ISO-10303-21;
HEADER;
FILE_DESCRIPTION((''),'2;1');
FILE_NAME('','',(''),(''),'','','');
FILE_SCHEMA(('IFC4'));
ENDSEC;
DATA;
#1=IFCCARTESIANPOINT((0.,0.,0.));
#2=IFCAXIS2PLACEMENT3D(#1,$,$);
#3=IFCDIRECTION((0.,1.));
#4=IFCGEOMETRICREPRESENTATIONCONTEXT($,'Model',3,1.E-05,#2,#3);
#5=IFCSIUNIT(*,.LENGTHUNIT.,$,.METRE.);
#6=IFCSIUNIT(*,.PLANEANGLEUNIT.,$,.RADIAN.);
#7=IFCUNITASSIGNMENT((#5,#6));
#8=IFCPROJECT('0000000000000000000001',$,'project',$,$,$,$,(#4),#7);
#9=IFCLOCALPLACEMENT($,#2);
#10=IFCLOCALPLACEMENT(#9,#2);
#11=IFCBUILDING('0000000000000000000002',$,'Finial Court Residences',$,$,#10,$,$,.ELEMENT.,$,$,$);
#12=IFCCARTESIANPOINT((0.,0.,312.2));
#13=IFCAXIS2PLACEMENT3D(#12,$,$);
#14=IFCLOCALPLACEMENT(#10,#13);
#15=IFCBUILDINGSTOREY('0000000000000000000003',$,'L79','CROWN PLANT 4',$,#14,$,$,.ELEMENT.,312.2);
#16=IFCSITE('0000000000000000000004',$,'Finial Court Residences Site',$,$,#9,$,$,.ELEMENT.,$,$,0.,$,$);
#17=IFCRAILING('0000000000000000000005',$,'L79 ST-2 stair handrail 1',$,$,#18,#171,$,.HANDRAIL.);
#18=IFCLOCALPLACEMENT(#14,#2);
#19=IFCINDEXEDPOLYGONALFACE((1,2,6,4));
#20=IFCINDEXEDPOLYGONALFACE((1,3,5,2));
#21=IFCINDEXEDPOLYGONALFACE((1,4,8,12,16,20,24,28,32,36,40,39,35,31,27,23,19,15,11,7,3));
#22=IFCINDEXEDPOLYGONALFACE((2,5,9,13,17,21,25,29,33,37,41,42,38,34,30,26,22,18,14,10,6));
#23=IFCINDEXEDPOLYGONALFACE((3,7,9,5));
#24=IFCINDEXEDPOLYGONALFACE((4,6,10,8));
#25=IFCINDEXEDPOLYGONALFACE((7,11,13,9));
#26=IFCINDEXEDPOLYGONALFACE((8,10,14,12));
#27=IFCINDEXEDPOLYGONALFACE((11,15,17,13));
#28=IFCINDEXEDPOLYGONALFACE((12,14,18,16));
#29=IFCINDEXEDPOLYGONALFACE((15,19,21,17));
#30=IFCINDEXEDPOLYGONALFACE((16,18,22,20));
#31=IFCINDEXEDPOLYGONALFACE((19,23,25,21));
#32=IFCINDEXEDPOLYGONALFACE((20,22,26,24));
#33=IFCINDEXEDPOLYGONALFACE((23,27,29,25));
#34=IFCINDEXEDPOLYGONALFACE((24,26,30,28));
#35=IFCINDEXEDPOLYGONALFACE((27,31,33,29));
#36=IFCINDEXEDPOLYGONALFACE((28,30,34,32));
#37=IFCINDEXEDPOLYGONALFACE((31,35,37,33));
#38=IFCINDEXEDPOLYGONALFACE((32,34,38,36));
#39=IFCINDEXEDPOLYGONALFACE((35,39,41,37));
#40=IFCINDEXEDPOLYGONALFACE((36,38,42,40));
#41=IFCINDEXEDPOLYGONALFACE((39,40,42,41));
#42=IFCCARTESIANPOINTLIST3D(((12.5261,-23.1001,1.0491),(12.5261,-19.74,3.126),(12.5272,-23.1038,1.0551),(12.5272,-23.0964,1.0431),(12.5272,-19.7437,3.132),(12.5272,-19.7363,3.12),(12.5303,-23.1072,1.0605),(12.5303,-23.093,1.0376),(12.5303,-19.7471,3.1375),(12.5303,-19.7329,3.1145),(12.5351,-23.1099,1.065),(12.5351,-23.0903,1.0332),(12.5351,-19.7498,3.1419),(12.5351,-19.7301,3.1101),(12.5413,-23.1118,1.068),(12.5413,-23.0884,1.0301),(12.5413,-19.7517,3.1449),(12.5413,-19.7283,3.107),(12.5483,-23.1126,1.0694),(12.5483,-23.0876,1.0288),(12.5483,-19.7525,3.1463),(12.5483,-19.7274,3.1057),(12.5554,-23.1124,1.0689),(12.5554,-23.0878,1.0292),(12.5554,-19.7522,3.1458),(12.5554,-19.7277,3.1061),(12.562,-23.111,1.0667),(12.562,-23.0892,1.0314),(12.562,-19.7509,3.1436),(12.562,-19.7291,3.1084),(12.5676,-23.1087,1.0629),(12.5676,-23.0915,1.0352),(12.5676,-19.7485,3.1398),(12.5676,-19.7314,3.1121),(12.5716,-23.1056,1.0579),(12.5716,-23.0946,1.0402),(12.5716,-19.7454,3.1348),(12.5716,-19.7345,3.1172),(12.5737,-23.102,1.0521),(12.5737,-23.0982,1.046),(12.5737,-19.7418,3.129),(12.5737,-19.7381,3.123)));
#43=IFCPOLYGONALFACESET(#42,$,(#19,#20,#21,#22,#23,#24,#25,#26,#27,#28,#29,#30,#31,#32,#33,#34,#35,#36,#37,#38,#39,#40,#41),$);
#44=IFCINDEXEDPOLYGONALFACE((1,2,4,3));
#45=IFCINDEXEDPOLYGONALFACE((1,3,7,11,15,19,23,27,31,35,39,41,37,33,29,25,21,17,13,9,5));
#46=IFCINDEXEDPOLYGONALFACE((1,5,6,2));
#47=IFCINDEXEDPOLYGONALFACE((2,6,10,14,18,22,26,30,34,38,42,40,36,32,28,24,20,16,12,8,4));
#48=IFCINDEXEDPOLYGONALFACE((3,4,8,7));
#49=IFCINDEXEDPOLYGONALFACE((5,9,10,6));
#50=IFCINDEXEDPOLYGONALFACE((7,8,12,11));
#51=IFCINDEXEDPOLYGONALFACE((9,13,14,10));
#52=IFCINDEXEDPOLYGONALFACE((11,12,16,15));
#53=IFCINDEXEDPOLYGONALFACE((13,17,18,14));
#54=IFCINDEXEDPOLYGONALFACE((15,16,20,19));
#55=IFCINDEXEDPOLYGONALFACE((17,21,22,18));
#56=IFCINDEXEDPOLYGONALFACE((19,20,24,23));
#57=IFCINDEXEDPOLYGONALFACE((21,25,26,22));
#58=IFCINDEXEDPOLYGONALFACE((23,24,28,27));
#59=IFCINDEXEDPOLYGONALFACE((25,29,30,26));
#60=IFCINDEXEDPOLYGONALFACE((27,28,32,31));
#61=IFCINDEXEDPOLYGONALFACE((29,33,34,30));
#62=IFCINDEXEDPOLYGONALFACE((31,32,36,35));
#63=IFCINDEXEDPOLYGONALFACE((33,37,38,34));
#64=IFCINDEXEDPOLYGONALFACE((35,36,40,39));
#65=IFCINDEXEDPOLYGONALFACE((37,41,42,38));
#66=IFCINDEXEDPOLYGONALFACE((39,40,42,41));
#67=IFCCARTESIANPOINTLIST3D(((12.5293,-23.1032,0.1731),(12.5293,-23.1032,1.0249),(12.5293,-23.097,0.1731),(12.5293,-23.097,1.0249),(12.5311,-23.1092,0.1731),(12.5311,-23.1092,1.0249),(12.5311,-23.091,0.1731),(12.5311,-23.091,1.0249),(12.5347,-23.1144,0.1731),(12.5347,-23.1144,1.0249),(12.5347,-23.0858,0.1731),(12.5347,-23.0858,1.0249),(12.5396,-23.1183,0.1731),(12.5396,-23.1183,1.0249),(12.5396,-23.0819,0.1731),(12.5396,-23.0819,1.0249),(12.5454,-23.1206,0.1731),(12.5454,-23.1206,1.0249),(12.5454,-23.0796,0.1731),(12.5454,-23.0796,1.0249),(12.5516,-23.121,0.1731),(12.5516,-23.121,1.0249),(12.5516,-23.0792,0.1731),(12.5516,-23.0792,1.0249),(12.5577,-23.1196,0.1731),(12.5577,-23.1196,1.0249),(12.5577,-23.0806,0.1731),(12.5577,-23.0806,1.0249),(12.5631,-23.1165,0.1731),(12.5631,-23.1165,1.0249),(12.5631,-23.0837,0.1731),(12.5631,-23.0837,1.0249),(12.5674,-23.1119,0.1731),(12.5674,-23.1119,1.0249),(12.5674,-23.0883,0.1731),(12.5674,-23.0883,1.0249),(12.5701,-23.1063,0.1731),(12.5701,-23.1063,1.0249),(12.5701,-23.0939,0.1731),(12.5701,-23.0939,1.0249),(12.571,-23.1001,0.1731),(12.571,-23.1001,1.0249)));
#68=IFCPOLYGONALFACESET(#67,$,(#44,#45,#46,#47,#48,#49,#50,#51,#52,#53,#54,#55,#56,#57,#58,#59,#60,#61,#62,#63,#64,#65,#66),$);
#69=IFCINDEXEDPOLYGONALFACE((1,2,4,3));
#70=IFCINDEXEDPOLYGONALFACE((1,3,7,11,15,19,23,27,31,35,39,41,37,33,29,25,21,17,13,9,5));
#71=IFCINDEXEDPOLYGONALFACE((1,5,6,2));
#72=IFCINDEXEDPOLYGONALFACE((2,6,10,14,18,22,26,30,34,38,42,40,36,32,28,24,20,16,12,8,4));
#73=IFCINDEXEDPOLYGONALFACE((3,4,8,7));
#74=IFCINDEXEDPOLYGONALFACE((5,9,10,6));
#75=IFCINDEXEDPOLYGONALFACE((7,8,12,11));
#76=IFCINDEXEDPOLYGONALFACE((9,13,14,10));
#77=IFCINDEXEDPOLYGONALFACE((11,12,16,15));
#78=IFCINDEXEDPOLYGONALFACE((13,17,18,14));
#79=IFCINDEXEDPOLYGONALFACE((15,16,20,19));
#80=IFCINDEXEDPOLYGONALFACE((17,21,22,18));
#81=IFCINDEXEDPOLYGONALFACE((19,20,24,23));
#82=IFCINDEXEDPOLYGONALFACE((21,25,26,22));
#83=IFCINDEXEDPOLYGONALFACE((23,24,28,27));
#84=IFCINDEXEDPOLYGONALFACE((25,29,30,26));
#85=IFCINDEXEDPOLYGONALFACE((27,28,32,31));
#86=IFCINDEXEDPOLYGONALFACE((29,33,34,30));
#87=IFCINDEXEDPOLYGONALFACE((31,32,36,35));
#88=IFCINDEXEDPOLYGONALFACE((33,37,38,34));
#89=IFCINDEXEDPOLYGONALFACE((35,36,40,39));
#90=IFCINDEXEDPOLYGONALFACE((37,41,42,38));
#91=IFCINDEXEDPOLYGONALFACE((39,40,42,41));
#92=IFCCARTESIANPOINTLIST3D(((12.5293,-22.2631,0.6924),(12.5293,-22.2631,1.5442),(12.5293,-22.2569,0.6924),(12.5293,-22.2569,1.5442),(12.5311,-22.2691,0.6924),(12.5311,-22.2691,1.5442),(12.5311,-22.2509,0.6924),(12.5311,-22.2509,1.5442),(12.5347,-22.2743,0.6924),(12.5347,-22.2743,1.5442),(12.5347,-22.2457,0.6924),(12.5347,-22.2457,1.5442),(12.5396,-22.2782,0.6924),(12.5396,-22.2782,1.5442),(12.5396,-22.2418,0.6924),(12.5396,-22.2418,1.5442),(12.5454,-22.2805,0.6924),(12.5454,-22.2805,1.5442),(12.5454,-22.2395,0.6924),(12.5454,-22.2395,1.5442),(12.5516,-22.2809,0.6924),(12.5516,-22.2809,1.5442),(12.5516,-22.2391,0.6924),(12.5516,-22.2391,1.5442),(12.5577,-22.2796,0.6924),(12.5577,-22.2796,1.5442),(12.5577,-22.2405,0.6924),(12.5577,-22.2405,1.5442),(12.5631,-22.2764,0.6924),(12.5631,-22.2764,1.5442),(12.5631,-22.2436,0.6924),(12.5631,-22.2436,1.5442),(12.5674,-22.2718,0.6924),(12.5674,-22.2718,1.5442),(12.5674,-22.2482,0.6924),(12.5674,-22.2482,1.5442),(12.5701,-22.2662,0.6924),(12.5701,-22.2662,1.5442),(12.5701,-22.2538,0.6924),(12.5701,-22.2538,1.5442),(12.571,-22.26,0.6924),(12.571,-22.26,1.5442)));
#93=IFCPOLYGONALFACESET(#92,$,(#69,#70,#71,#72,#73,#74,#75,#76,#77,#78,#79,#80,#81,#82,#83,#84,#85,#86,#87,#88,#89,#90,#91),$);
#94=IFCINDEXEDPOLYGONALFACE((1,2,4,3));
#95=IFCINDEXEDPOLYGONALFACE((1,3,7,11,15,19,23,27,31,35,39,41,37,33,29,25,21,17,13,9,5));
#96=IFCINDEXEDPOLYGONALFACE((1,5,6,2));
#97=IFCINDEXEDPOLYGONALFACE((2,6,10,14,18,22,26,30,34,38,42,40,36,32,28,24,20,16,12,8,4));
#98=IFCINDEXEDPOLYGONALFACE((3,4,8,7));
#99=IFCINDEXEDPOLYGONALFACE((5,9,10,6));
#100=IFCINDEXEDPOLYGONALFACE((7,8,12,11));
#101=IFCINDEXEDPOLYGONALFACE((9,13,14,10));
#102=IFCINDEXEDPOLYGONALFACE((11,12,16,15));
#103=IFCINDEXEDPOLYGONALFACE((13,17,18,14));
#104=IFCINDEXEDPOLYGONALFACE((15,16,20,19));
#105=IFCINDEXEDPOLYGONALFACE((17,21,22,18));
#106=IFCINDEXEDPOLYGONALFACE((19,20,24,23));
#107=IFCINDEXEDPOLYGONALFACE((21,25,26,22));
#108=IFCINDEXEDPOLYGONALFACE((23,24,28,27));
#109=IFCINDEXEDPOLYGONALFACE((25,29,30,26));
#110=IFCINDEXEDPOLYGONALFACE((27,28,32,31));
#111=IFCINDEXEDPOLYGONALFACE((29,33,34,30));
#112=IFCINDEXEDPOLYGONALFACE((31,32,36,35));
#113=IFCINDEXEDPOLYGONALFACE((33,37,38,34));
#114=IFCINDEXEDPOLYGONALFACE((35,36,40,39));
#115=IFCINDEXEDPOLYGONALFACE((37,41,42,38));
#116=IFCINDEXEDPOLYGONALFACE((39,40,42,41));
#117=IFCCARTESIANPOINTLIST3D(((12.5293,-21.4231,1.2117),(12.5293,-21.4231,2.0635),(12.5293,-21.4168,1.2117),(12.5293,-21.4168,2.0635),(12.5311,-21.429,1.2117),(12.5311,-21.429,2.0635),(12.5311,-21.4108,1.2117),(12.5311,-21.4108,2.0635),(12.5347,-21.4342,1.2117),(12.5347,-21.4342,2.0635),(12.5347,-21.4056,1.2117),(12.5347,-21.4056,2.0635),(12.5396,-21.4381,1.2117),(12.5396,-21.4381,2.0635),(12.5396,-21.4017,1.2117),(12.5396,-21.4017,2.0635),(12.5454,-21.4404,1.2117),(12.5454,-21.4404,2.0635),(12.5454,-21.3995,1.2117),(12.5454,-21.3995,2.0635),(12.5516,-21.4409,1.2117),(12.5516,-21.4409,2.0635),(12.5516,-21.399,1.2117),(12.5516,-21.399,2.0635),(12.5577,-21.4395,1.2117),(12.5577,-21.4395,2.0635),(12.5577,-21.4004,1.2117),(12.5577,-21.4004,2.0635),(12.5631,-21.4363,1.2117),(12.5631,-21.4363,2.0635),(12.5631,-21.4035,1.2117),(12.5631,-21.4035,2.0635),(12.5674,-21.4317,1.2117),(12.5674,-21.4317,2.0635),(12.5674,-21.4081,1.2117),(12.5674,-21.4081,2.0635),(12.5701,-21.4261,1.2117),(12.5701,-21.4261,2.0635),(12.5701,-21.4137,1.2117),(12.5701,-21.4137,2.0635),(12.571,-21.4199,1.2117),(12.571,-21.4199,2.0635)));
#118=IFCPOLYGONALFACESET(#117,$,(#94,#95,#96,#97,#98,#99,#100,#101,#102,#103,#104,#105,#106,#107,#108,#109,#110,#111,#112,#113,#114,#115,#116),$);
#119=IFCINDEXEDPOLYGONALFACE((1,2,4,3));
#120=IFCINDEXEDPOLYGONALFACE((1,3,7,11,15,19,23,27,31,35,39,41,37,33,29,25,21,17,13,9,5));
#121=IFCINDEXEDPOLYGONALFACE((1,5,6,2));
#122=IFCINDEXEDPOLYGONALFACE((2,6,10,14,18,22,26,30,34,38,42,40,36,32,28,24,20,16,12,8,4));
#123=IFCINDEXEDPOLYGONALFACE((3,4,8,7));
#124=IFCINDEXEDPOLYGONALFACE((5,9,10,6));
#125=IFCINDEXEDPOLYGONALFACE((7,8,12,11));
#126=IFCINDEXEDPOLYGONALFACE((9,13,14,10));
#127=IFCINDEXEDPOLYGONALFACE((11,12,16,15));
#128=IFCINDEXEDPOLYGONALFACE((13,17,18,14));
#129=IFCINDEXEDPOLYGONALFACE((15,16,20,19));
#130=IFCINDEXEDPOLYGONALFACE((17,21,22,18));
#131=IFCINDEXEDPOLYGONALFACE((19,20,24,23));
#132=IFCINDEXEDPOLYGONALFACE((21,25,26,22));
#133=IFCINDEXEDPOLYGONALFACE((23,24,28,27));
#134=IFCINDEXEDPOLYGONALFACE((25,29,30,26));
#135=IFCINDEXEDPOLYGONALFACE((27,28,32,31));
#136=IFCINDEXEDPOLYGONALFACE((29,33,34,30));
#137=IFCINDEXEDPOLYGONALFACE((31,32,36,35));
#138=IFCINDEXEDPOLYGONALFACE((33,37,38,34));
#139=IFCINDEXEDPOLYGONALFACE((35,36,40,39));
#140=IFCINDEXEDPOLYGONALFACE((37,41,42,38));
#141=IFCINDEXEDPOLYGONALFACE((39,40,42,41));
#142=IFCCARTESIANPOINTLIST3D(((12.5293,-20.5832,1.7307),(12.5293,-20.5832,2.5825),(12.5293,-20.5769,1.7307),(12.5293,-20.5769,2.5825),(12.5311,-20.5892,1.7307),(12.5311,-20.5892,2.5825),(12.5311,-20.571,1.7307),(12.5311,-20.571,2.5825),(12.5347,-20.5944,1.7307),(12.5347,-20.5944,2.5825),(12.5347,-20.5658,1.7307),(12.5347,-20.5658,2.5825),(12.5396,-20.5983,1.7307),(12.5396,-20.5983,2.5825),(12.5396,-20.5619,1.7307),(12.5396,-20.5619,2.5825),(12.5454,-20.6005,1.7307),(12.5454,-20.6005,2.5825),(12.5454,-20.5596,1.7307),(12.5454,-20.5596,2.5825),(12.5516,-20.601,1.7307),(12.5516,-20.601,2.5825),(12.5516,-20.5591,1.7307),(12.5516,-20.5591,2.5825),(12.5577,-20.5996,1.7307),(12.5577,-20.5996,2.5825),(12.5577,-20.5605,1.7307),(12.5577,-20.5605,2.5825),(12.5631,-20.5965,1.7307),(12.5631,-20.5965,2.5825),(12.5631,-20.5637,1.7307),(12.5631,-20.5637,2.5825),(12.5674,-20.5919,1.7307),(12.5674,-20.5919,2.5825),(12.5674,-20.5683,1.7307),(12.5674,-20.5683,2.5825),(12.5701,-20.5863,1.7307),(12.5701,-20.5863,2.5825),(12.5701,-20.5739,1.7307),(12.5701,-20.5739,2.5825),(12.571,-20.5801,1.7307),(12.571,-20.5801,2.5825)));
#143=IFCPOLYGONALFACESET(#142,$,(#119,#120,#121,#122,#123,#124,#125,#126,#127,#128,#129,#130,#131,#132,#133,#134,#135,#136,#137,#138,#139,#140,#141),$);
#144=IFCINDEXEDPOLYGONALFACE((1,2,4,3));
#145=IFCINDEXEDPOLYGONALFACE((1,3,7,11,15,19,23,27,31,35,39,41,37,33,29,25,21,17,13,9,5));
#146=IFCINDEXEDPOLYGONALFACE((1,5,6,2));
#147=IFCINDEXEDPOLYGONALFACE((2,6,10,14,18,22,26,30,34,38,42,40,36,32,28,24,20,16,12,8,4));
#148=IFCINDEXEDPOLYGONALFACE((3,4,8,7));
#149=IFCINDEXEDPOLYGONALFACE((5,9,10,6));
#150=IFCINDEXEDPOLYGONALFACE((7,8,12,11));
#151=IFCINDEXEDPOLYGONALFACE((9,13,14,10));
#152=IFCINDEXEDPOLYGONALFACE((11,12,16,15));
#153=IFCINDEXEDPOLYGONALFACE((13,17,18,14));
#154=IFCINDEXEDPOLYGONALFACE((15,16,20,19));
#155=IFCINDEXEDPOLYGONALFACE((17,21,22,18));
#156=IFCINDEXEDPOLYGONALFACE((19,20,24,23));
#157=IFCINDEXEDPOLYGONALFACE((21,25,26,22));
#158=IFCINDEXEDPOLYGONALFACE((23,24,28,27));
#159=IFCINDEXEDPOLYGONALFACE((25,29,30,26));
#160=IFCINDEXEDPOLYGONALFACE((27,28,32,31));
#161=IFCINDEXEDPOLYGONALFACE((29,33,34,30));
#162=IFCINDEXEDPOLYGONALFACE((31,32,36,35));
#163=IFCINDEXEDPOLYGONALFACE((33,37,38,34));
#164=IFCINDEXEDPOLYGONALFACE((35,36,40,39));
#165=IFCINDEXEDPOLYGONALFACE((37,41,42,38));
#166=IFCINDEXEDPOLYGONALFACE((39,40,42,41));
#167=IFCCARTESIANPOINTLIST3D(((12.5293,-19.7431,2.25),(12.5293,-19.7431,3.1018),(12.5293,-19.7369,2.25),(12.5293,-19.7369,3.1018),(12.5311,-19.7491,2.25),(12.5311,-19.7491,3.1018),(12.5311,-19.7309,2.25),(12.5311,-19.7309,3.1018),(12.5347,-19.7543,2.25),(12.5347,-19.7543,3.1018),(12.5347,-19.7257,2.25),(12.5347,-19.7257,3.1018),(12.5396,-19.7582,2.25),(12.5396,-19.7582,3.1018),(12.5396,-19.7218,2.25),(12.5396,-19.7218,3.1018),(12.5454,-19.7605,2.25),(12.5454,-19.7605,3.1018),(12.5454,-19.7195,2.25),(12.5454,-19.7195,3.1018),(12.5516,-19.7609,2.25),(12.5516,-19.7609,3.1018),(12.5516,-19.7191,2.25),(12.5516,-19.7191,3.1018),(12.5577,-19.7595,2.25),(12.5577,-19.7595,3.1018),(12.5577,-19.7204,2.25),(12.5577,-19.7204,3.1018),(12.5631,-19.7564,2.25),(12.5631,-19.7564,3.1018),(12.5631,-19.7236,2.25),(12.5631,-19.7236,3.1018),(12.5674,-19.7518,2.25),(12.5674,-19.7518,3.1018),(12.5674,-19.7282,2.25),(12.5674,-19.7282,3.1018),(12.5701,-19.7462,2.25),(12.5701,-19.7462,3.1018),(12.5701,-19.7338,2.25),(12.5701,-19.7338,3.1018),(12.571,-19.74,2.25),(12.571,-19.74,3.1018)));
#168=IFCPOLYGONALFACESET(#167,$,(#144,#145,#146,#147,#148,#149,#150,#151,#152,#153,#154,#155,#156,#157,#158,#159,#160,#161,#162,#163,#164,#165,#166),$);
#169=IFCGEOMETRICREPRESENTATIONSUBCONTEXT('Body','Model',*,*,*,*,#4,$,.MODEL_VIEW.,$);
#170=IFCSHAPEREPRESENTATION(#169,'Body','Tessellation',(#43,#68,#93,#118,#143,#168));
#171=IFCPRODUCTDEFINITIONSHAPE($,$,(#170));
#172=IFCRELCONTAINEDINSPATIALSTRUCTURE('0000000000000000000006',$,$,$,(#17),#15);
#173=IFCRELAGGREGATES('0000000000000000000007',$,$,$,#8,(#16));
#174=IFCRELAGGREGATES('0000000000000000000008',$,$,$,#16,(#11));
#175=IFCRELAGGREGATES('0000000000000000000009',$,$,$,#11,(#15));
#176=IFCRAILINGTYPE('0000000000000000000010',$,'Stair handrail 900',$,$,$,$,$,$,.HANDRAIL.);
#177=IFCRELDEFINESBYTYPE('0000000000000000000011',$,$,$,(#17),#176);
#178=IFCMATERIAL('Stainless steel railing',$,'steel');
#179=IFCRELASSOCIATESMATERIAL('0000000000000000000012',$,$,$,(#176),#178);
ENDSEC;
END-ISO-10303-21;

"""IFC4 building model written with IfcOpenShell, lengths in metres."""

from ifc_helpers import new_model, si_unit, direction, frame, origin, origin_2d, place, context, subcontext, project, spatial, circle, extrude, material, type_object, element, save


model = new_model("IFC4")

# Units and contexts
model_context = context("Model", 3, precision=1e-05, world=origin(), true_north=direction((0.0, 1.0)))
body_context = subcontext(model_context, "Body", "Model", "MODEL_VIEW")
ifc_project = project(units=[si_unit("LENGTHUNIT", "METRE"), si_unit("PLANEANGLEUNIT", "RADIAN")], contexts=[model_context])

# Site, building, storey
site_placement = place(None, origin())
site = spatial("IfcSite", under=ifc_project, at=site_placement, Name="Finial Court Residences Site", CompositionType="ELEMENT", RefElevation=0.0)
building_placement = place(site_placement, origin())
building = spatial("IfcBuilding", under=site, at=building_placement, Name="Finial Court Residences", CompositionType="ELEMENT")
storey_placement = place(building_placement, frame((0.0, 0.0, 312.2)))
storey = spatial("IfcBuildingStorey", under=building, at=storey_placement, Name="L79", Description="CROWN PLANT 4", CompositionType="ELEMENT", Elevation=312.2)

# Railing
ifc_material_1 = material(Name="Stainless steel railing", Category="steel")
railing_type_1 = type_object("IfcRailingType", Name="Stair handrail 900", PredefinedType="HANDRAIL", material=ifc_material_1)
railing_1_placement = place(storey_placement, frame((12.55, -23.1001, 0.1731)))
element("IfcRailing", 1, at=railing_1_placement, inside=storey, type_object=railing_type_1, Name="L79 ST-2 stair handrail 1", PredefinedType="HANDRAIL", context=body_context, shape_type="SweptSolid", body=[
    extrude(circle(Radius=0.0239, at=origin_2d()), frame((0.0, 0.0, 0.876), z_axis=(0.0, 0.850623, 0.525776), x_axis=(-1.0, 0.0, 0.0)), (0.0, 0.0, 1.0), 3.9502),
    extrude(circle(Radius=0.021, at=origin_2d()), origin(), (0.0, 0.0, 1.0), 0.8518),
    extrude(circle(Radius=0.021, at=origin_2d()), frame((0.0, 0.8401, 0.5193)), (0.0, 0.0, 1.0), 0.8518),
    extrude(circle(Radius=0.021, at=origin_2d()), frame((0.0, 1.6802, 1.0386)), (0.0, 0.0, 1.0), 0.8518),
    extrude(circle(Radius=0.021, at=origin_2d()), frame((0.0, 2.52, 1.5576)), (0.0, 0.0, 1.0), 0.8518),
    extrude(circle(Radius=0.021, at=origin_2d()), frame((0.0, 3.3601, 2.0769)), (0.0, 0.0, 1.0), 0.8518),
])

save(model, "model.ifc")
